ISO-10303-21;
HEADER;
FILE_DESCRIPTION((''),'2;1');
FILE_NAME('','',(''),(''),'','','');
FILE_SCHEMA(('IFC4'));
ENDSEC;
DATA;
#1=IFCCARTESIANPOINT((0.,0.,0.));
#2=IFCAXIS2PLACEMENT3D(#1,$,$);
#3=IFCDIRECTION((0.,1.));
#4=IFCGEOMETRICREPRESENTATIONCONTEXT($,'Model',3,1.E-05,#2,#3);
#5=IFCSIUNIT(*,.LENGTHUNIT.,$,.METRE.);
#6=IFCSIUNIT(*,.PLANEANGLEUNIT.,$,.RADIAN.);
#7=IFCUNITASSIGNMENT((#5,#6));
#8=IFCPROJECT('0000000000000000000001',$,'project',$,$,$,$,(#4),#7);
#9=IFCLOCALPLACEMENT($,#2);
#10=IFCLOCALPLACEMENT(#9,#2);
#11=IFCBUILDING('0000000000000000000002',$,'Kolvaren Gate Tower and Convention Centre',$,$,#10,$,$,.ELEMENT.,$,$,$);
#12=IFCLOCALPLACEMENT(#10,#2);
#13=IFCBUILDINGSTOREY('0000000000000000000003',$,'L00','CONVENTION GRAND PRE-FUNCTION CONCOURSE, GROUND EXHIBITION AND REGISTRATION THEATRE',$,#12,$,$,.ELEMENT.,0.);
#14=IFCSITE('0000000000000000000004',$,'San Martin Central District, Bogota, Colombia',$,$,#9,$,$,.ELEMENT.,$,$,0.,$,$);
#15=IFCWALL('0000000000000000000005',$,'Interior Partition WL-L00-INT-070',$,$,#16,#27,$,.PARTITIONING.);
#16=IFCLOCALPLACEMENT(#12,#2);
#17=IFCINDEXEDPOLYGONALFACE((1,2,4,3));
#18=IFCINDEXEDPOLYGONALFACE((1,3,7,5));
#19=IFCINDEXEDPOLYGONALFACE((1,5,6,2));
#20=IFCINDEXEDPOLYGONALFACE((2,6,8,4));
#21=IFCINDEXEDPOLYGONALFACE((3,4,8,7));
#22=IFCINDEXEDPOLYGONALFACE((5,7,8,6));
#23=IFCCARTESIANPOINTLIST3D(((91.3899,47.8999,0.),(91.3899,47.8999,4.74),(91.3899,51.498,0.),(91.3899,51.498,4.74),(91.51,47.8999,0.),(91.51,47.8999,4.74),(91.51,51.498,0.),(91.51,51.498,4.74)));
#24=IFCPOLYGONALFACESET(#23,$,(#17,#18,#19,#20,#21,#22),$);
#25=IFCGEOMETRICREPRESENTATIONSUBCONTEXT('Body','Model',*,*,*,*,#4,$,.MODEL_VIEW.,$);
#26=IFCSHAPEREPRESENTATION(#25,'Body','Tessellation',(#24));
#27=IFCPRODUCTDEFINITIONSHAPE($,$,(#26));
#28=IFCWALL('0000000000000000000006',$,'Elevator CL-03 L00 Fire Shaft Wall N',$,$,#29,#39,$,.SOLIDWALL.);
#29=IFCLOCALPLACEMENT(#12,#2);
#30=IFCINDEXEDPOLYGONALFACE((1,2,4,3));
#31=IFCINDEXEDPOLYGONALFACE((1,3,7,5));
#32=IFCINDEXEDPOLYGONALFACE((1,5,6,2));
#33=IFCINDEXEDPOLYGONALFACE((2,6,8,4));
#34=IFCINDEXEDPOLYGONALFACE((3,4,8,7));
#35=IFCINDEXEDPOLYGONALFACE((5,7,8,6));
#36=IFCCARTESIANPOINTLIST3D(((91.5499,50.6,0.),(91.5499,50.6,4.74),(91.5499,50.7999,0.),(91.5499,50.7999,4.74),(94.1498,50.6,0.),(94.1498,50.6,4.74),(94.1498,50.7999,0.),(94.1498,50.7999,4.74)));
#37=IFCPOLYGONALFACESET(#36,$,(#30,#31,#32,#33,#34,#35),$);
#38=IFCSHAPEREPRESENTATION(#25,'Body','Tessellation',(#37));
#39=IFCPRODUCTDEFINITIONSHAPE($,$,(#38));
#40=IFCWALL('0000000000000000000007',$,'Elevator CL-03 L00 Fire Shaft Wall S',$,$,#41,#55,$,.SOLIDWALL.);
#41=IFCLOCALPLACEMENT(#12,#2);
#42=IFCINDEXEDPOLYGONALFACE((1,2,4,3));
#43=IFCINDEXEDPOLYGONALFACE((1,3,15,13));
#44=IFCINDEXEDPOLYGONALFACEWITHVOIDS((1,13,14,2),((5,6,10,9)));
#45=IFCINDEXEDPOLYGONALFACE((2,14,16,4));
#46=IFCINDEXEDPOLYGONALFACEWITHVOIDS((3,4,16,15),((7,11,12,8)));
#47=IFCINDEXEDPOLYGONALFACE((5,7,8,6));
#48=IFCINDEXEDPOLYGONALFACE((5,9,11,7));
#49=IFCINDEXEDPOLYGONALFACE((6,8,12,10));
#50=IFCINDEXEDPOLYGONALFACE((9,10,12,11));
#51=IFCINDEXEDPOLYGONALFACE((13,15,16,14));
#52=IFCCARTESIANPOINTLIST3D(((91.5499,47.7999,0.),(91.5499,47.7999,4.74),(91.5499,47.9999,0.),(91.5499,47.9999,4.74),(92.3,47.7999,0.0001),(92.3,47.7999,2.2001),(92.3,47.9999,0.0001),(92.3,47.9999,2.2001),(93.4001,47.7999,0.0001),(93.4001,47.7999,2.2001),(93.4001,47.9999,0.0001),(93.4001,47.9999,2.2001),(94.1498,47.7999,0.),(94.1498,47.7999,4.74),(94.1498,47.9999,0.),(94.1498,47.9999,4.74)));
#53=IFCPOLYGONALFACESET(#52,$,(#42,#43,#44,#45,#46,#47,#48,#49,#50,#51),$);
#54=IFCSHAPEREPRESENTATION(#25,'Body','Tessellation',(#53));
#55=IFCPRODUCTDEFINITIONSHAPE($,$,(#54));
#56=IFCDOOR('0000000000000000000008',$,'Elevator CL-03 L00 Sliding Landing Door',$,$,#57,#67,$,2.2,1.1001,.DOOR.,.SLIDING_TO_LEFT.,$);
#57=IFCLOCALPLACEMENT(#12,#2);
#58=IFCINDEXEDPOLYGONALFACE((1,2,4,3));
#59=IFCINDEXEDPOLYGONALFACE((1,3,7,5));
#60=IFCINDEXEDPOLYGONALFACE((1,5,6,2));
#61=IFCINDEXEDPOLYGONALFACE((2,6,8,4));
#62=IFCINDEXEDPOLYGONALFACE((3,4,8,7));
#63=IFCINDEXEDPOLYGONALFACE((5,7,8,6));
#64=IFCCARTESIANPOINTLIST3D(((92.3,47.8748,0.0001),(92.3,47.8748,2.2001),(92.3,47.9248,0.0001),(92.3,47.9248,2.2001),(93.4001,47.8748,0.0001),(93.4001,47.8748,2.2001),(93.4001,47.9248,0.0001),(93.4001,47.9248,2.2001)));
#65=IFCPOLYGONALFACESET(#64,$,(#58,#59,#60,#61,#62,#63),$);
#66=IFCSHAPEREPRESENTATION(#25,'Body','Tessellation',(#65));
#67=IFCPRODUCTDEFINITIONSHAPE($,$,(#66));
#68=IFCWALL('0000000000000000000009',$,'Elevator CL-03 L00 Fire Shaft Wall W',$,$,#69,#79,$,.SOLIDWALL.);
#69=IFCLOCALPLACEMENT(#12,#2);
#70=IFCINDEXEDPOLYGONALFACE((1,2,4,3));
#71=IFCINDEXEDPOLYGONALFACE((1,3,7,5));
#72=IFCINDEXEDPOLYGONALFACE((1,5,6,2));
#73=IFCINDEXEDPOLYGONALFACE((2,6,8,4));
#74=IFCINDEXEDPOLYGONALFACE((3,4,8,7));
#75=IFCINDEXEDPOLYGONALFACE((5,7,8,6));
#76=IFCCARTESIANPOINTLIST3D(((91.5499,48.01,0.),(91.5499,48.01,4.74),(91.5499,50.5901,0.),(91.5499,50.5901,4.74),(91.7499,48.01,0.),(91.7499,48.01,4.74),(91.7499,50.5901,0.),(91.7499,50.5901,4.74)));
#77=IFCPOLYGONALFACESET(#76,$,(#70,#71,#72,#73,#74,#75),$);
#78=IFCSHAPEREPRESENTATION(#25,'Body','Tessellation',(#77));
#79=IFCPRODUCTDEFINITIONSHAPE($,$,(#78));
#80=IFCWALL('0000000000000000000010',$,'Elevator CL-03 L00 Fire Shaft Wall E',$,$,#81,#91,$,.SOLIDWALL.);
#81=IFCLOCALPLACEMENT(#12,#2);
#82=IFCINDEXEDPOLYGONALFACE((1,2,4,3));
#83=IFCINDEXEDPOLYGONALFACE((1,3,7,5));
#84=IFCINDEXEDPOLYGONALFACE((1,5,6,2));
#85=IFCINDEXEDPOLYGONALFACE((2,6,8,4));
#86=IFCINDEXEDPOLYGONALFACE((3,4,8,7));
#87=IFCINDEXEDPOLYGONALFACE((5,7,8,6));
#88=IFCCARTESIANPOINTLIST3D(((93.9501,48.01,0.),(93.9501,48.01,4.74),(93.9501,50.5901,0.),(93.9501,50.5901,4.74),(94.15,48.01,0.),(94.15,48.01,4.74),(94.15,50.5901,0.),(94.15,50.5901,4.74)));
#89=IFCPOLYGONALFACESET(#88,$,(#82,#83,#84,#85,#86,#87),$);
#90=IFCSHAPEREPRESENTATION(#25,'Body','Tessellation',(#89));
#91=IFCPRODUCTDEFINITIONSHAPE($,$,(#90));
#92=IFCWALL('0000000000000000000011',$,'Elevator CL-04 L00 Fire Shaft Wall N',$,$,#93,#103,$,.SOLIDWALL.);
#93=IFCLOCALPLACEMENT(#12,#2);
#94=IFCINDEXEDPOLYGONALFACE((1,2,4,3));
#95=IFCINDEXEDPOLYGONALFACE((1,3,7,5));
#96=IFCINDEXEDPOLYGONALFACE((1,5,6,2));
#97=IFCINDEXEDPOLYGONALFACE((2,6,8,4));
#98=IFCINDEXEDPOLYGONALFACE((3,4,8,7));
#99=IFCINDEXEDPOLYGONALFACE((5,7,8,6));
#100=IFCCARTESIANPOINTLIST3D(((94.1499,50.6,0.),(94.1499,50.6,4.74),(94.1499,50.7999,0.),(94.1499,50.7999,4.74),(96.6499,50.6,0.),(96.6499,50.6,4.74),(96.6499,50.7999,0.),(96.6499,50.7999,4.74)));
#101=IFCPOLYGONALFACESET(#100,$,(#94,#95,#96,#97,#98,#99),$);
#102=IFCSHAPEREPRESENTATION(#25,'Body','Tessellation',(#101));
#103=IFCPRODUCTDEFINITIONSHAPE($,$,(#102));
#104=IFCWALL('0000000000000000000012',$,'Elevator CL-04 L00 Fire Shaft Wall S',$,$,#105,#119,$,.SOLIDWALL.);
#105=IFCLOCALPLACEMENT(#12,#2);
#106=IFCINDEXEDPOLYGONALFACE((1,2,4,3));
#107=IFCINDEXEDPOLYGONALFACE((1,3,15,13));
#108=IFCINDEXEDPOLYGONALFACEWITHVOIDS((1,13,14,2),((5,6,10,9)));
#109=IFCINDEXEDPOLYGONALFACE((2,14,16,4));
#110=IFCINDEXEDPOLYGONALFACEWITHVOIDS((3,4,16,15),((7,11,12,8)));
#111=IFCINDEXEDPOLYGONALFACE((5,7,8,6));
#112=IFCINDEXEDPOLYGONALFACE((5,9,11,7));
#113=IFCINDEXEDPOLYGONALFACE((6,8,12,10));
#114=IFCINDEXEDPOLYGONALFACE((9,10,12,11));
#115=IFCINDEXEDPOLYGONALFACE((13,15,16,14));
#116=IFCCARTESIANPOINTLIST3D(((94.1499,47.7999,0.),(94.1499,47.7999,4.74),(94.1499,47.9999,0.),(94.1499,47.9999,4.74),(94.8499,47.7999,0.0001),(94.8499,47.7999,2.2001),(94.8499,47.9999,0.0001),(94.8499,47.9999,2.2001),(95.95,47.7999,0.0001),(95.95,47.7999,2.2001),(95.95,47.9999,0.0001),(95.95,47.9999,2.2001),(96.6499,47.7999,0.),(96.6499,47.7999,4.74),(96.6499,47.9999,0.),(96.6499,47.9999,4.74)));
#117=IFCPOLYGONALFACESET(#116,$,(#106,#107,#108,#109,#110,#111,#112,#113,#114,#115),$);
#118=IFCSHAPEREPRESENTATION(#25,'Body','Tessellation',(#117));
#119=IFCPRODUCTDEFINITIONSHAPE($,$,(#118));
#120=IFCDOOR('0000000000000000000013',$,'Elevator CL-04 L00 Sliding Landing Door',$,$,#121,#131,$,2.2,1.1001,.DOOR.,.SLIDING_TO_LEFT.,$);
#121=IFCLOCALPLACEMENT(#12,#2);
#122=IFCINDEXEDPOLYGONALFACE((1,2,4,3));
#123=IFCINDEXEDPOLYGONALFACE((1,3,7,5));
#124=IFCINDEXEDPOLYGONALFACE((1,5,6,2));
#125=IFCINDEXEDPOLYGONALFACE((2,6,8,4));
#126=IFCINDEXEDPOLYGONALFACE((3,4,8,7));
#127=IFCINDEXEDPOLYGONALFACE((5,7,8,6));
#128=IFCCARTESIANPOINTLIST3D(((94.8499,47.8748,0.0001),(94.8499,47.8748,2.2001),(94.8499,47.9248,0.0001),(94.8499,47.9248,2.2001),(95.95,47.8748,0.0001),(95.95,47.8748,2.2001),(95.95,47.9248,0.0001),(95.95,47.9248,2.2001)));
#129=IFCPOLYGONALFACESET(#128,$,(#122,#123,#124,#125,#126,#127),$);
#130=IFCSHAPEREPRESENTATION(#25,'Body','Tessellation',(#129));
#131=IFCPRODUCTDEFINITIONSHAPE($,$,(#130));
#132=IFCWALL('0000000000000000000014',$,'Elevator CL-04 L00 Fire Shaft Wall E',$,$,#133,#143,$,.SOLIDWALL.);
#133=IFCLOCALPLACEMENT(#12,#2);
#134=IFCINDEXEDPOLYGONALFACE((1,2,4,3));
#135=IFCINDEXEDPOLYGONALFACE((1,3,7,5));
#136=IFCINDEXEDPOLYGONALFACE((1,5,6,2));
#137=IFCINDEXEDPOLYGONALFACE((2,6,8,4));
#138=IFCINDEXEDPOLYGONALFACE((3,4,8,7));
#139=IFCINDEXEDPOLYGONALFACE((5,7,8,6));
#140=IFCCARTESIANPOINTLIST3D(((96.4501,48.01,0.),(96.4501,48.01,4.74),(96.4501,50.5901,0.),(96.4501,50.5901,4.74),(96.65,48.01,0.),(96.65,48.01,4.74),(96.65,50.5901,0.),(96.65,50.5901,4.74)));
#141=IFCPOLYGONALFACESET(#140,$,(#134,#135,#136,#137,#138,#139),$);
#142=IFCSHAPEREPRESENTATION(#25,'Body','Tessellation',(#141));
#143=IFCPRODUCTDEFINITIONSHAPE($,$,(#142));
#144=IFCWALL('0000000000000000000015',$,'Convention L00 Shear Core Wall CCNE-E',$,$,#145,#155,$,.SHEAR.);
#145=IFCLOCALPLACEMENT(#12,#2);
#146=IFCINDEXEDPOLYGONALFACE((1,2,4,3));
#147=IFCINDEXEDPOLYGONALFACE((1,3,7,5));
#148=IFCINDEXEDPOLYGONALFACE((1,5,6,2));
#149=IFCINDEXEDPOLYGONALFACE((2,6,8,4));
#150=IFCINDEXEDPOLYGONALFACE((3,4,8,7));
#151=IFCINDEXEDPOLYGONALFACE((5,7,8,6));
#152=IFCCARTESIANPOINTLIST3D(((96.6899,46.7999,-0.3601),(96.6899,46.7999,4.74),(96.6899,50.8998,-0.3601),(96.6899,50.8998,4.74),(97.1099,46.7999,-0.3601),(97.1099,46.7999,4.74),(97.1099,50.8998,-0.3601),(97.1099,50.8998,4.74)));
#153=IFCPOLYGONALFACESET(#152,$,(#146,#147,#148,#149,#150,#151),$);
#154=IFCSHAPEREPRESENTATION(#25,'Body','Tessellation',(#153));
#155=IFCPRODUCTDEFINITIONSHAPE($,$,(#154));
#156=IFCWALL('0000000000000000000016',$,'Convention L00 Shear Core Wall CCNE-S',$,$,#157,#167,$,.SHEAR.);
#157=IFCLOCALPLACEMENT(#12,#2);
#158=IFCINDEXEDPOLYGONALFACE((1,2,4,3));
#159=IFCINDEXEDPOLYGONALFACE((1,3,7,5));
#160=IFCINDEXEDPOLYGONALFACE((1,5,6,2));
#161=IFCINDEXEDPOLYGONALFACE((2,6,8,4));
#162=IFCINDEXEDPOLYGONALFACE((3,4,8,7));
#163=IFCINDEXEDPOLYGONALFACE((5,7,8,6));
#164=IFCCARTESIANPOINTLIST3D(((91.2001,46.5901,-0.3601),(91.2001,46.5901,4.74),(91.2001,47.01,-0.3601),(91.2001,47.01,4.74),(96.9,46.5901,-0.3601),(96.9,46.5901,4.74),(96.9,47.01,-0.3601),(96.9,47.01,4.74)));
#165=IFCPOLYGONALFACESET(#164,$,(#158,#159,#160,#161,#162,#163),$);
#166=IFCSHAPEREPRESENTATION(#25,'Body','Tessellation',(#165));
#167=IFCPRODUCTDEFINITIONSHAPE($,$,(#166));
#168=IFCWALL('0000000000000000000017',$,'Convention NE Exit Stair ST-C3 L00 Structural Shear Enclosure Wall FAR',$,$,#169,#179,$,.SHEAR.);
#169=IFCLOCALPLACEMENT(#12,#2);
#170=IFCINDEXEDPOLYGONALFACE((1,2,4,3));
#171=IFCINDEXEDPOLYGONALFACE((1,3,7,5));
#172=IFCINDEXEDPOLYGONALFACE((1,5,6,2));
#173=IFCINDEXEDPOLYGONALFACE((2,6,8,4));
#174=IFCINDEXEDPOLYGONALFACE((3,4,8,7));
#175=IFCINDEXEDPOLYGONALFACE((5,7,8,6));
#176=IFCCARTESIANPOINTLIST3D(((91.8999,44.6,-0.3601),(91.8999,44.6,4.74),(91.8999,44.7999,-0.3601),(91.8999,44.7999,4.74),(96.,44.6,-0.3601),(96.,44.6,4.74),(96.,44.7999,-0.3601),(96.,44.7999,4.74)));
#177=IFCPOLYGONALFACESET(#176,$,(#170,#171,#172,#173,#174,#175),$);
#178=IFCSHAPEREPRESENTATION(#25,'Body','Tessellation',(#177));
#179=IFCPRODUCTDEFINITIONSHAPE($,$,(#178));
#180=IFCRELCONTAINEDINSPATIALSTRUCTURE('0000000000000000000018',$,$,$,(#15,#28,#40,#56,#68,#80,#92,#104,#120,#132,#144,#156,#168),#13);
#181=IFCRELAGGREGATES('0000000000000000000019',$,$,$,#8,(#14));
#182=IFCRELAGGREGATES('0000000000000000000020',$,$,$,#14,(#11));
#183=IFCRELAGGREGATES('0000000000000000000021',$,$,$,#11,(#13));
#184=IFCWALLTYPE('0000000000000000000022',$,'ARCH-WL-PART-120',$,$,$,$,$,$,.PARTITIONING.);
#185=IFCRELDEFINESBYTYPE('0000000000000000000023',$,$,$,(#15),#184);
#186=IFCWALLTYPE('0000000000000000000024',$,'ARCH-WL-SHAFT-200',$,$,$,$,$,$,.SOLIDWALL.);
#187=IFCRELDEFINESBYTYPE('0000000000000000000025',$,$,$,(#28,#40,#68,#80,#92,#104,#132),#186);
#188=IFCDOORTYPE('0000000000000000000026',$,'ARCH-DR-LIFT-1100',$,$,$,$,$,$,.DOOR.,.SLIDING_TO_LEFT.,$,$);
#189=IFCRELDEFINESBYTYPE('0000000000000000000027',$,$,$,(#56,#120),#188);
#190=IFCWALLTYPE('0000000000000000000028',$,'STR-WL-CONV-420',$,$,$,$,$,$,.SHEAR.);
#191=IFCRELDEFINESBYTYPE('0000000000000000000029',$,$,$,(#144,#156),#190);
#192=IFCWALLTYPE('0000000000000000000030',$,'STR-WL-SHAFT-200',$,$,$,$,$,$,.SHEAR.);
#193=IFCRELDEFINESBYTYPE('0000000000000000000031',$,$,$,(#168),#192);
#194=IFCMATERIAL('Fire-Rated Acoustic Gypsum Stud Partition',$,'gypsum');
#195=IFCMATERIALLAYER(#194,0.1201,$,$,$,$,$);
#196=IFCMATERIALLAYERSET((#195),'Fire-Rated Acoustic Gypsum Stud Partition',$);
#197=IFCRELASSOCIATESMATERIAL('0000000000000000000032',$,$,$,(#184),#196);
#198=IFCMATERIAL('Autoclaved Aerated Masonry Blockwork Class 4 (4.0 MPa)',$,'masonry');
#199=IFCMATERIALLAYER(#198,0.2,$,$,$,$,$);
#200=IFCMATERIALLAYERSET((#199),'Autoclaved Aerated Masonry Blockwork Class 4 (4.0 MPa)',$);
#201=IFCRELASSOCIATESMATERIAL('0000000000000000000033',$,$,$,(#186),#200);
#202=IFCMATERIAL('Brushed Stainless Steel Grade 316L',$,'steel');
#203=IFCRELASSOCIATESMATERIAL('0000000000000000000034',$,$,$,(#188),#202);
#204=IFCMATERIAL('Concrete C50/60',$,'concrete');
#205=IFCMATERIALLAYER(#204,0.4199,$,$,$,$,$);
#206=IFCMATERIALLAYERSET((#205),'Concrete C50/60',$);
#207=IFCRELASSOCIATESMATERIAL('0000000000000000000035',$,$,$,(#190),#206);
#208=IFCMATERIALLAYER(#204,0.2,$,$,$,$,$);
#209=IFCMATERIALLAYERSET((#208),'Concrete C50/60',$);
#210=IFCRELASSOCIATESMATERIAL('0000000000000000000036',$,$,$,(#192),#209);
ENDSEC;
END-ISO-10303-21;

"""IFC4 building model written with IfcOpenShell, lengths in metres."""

from ifc_helpers import new_model, si_unit, direction, frame, frame_2d, origin, place, context, subcontext, project, spatial, rectangle, extrude, material, layer, layer_set, type_object, element, fill, save


model = new_model("IFC4")

# Units and contexts
model_context = context("Model", 3, precision=1e-05, world=origin(), true_north=direction((0.0, 1.0)))
body_context = subcontext(model_context, "Body", "Model", "MODEL_VIEW")
ifc_project = project(units=[si_unit("LENGTHUNIT", "METRE"), si_unit("PLANEANGLEUNIT", "RADIAN")], contexts=[model_context])

# Site, building, storey
site_placement = place(None, origin())
site = spatial("IfcSite", under=ifc_project, at=site_placement, Name="San Martin Central District, Bogota, Colombia", CompositionType="ELEMENT", RefElevation=0.0)
building_placement = place(site_placement, origin())
building = spatial("IfcBuilding", under=site, at=building_placement, Name="Kolvaren Gate Tower and Convention Centre", CompositionType="ELEMENT")
storey_placement = place(building_placement, origin())
storey = spatial("IfcBuildingStorey", under=building, at=storey_placement, Name="L00", Description="CONVENTION GRAND PRE-FUNCTION CONCOURSE, GROUND EXHIBITION AND REGISTRATION THEATRE", CompositionType="ELEMENT", Elevation=0.0)

# Walls
ifc_material_1 = material(Name="Fire-Rated Acoustic Gypsum Stud Partition", Category="gypsum")
ifc_layer_1 = layer(ifc_material_1, 0.1201)
ifc_layer_set_1 = layer_set([ifc_layer_1], Name="Fire-Rated Acoustic Gypsum Stud Partition")
wall_type_1 = type_object("IfcWallType", Name="ARCH-WL-PART-120", PredefinedType="PARTITIONING", material=ifc_layer_set_1)
wall_1_placement = place(storey_placement, frame((91.45, 47.8999, 0.0), z_axis=(0.0, 0.0, 1.0), x_axis=(0.0, 1.0, 0.0)))
element("IfcWall", 1, at=wall_1_placement, inside=storey, type_object=wall_type_1, Name="Interior Partition WL-L00-INT-070", PredefinedType="PARTITIONING", context=body_context, shape_type="SweptSolid", body=[
    extrude(rectangle(XDim=3.5981, YDim=0.1201, at=frame_2d((1.7991, 0.0))), origin(), (0.0, 0.0, 1.0), 4.74),
])
ifc_material_2 = material(Name="Autoclaved Aerated Masonry Blockwork Class 4 (4.0 MPa)", Category="masonry")
ifc_layer_2 = layer(ifc_material_2, 0.2)
ifc_layer_set_2 = layer_set([ifc_layer_2], Name="Autoclaved Aerated Masonry Blockwork Class 4 (4.0 MPa)")
wall_type_2 = type_object("IfcWallType", Name="ARCH-WL-SHAFT-200", PredefinedType="SOLIDWALL", material=ifc_layer_set_2)
wall_2_placement = place(storey_placement, frame((91.55, 50.7, 0.0), z_axis=(0.0, 0.0, 1.0), x_axis=(1.0, 0.0, 0.0)))
element("IfcWall", 2, at=wall_2_placement, inside=storey, type_object=wall_type_2, Name="Elevator CL-03 L00 Fire Shaft Wall N", PredefinedType="SOLIDWALL", context=body_context, shape_type="SweptSolid", body=[
    extrude(rectangle(XDim=2.5999, YDim=0.2, at=frame_2d((1.2998, 0.0))), origin(), (0.0, 0.0, 1.0), 4.74),
])

# Wall, opening, door
wall_3_placement = place(storey_placement, frame((91.55, 47.8999, 0.0), z_axis=(0.0, 0.0, 1.0), x_axis=(1.0, 0.0, 0.0)))
wall_3 = element("IfcWall", 3, at=wall_3_placement, inside=storey, type_object=wall_type_2, Name="Elevator CL-03 L00 Fire Shaft Wall S", PredefinedType="SOLIDWALL", context=body_context, shape_type="SweptSolid", body=[
    extrude(rectangle(XDim=2.5999, YDim=0.2, at=frame_2d((1.2998, 0.0))), origin(), (0.0, 0.0, 1.0), 4.74),
])
opening_1_placement = place(wall_3_placement, frame((0.75, 0.0, 0.0)))
opening_1 = element("IfcOpeningElement", 4, at=opening_1_placement, cuts=wall_3, PredefinedType="OPENING", context=body_context, shape_type="SweptSolid", body=[
    extrude(rectangle(XDim=1.1001, YDim=2.2, at=frame_2d((0.55, 1.1001))), frame((0.0, 0.1099, 0.0), z_axis=(0.0, -1.0, 0.0), x_axis=(1.0, 0.0, 0.0)), (0.0, 0.0, 1.0), 0.22),
])
ifc_material_3 = material(Name="Brushed Stainless Steel Grade 316L", Category="steel")
door_type = type_object("IfcDoorType", Name="ARCH-DR-LIFT-1100", OperationType="SLIDING_TO_LEFT", PredefinedType="DOOR", material=ifc_material_3)
door_1_placement = place(opening_1_placement, origin())
door_1 = element("IfcDoor", 5, at=door_1_placement, inside=storey, type_object=door_type, Name="Elevator CL-03 L00 Sliding Landing Door", OperationType="SLIDING_TO_LEFT", OverallHeight=2.2, OverallWidth=1.1001, PredefinedType="DOOR", context=body_context, shape_type="SweptSolid", body=[
    extrude(rectangle(XDim=1.1001, YDim=2.2, at=frame_2d((0.55, 1.1001))), frame((0.0, 0.0249, 0.0), z_axis=(0.0, -1.0, 0.0), x_axis=(1.0, 0.0, 0.0)), (0.0, 0.0, 1.0), 0.05),
])
fill(opening_1, door_1)

# Walls
for number, where, z_axis, x_axis, name in (
    (6, (91.6499, 48.01, 0.0), (0.0, 0.0, 1.0), (0.0, 1.0, 0.0), "Elevator CL-03 L00 Fire Shaft Wall W"),
    (7, (94.05, 48.01, 0.0), (0.0, 0.0, 1.0), (0.0, 1.0, 0.0), "Elevator CL-03 L00 Fire Shaft Wall E"),
):
    element("IfcWall", number, at=place(storey_placement, frame(where, z_axis=z_axis, x_axis=x_axis)), inside=storey, type_object=wall_type_2, Name=name, PredefinedType="SOLIDWALL", context=body_context, shape_type="SweptSolid", body=[
        extrude(rectangle(XDim=2.5801, YDim=0.2, at=frame_2d((1.29, 0.0))), origin(), (0.0, 0.0, 1.0), 4.74),
    ])
wall_4_placement = place(storey_placement, frame((94.1499, 50.7, 0.0), z_axis=(0.0, 0.0, 1.0), x_axis=(1.0, 0.0, 0.0)))
element("IfcWall", 8, at=wall_4_placement, inside=storey, type_object=wall_type_2, Name="Elevator CL-04 L00 Fire Shaft Wall N", PredefinedType="SOLIDWALL", context=body_context, shape_type="SweptSolid", body=[
    extrude(rectangle(XDim=2.5, YDim=0.2, at=frame_2d((1.25, 0.0))), origin(), (0.0, 0.0, 1.0), 4.74),
])

# Wall, opening, door
wall_5_placement = place(storey_placement, frame((94.1499, 47.8999, 0.0), z_axis=(0.0, 0.0, 1.0), x_axis=(1.0, 0.0, 0.0)))
wall_5 = element("IfcWall", 9, at=wall_5_placement, inside=storey, type_object=wall_type_2, Name="Elevator CL-04 L00 Fire Shaft Wall S", PredefinedType="SOLIDWALL", context=body_context, shape_type="SweptSolid", body=[
    extrude(rectangle(XDim=2.5, YDim=0.2, at=frame_2d((1.25, 0.0))), origin(), (0.0, 0.0, 1.0), 4.74),
])
opening_2_placement = place(wall_5_placement, frame((0.7, 0.0, 0.0)))
opening_2 = element("IfcOpeningElement", 10, at=opening_2_placement, cuts=wall_5, PredefinedType="OPENING", context=body_context, shape_type="SweptSolid", body=[
    extrude(rectangle(XDim=1.1001, YDim=2.2, at=frame_2d((0.55, 1.1001))), frame((0.0, 0.1099, 0.0), z_axis=(0.0, -1.0, 0.0), x_axis=(1.0, 0.0, 0.0)), (0.0, 0.0, 1.0), 0.22),
])
door_2_placement = place(opening_2_placement, origin())
door_2 = element("IfcDoor", 11, at=door_2_placement, inside=storey, type_object=door_type, Name="Elevator CL-04 L00 Sliding Landing Door", OperationType="SLIDING_TO_LEFT", OverallHeight=2.2, OverallWidth=1.1001, PredefinedType="DOOR", context=body_context, shape_type="SweptSolid", body=[
    extrude(rectangle(XDim=1.1001, YDim=2.2, at=frame_2d((0.55, 1.1001))), frame((0.0, 0.0249, 0.0), z_axis=(0.0, -1.0, 0.0), x_axis=(1.0, 0.0, 0.0)), (0.0, 0.0, 1.0), 0.05),
])
fill(opening_2, door_2)

# Walls
wall_6_placement = place(storey_placement, frame((96.55, 48.01, 0.0), z_axis=(0.0, 0.0, 1.0), x_axis=(0.0, 1.0, 0.0)))
element("IfcWall", 12, at=wall_6_placement, inside=storey, type_object=wall_type_2, Name="Elevator CL-04 L00 Fire Shaft Wall E", PredefinedType="SOLIDWALL", context=body_context, shape_type="SweptSolid", body=[
    extrude(rectangle(XDim=2.5801, YDim=0.2, at=frame_2d((1.29, 0.0))), origin(), (0.0, 0.0, 1.0), 4.74),
])
ifc_material_4 = material(Name="Concrete C50/60", Category="concrete")
ifc_layer_3 = layer(ifc_material_4, 0.4199)
ifc_layer_set_3 = layer_set([ifc_layer_3], Name="Concrete C50/60")
wall_type_3 = type_object("IfcWallType", Name="STR-WL-CONV-420", PredefinedType="SHEAR", material=ifc_layer_set_3)
wall_7_placement = place(storey_placement, frame((96.8999, 46.8, -0.3601), z_axis=(0.0, 0.0, 1.0), x_axis=(0.0, 1.0, 0.0)))
element("IfcWall", 13, at=wall_7_placement, inside=storey, type_object=wall_type_3, Name="Convention L00 Shear Core Wall CCNE-E", PredefinedType="SHEAR", context=body_context, shape_type="SweptSolid", body=[
    extrude(rectangle(XDim=4.0999, YDim=0.4199, at=frame_2d((2.0498, 0.0))), origin(), (0.0, 0.0, 1.0), 5.1001),
])
wall_8_placement = place(storey_placement, frame((91.2, 46.8, -0.3601), z_axis=(0.0, 0.0, 1.0), x_axis=(1.0, 0.0, 0.0)))
element("IfcWall", 14, at=wall_8_placement, inside=storey, type_object=wall_type_3, Name="Convention L00 Shear Core Wall CCNE-S", PredefinedType="SHEAR", context=body_context, shape_type="SweptSolid", body=[
    extrude(rectangle(XDim=5.7, YDim=0.4199, at=frame_2d((2.8501, 0.0))), origin(), (0.0, 0.0, 1.0), 5.1001),
])
ifc_layer_4 = layer(ifc_material_4, 0.2)
ifc_layer_set_4 = layer_set([ifc_layer_4], Name="Concrete C50/60")
wall_type_4 = type_object("IfcWallType", Name="STR-WL-SHAFT-200", PredefinedType="SHEAR", material=ifc_layer_set_4)
wall_9_placement = place(storey_placement, frame((91.8999, 44.7, -0.3601), z_axis=(0.0, 0.0, 1.0), x_axis=(1.0, 0.0, 0.0)))
element("IfcWall", 15, at=wall_9_placement, inside=storey, type_object=wall_type_4, Name="Convention NE Exit Stair ST-C3 L00 Structural Shear Enclosure Wall FAR", PredefinedType="SHEAR", context=body_context, shape_type="SweptSolid", body=[
    extrude(rectangle(XDim=4.1001, YDim=0.2, at=frame_2d((2.05, 0.0))), origin(), (0.0, 0.0, 1.0), 5.1001),
])

save(model, "model.ifc")
